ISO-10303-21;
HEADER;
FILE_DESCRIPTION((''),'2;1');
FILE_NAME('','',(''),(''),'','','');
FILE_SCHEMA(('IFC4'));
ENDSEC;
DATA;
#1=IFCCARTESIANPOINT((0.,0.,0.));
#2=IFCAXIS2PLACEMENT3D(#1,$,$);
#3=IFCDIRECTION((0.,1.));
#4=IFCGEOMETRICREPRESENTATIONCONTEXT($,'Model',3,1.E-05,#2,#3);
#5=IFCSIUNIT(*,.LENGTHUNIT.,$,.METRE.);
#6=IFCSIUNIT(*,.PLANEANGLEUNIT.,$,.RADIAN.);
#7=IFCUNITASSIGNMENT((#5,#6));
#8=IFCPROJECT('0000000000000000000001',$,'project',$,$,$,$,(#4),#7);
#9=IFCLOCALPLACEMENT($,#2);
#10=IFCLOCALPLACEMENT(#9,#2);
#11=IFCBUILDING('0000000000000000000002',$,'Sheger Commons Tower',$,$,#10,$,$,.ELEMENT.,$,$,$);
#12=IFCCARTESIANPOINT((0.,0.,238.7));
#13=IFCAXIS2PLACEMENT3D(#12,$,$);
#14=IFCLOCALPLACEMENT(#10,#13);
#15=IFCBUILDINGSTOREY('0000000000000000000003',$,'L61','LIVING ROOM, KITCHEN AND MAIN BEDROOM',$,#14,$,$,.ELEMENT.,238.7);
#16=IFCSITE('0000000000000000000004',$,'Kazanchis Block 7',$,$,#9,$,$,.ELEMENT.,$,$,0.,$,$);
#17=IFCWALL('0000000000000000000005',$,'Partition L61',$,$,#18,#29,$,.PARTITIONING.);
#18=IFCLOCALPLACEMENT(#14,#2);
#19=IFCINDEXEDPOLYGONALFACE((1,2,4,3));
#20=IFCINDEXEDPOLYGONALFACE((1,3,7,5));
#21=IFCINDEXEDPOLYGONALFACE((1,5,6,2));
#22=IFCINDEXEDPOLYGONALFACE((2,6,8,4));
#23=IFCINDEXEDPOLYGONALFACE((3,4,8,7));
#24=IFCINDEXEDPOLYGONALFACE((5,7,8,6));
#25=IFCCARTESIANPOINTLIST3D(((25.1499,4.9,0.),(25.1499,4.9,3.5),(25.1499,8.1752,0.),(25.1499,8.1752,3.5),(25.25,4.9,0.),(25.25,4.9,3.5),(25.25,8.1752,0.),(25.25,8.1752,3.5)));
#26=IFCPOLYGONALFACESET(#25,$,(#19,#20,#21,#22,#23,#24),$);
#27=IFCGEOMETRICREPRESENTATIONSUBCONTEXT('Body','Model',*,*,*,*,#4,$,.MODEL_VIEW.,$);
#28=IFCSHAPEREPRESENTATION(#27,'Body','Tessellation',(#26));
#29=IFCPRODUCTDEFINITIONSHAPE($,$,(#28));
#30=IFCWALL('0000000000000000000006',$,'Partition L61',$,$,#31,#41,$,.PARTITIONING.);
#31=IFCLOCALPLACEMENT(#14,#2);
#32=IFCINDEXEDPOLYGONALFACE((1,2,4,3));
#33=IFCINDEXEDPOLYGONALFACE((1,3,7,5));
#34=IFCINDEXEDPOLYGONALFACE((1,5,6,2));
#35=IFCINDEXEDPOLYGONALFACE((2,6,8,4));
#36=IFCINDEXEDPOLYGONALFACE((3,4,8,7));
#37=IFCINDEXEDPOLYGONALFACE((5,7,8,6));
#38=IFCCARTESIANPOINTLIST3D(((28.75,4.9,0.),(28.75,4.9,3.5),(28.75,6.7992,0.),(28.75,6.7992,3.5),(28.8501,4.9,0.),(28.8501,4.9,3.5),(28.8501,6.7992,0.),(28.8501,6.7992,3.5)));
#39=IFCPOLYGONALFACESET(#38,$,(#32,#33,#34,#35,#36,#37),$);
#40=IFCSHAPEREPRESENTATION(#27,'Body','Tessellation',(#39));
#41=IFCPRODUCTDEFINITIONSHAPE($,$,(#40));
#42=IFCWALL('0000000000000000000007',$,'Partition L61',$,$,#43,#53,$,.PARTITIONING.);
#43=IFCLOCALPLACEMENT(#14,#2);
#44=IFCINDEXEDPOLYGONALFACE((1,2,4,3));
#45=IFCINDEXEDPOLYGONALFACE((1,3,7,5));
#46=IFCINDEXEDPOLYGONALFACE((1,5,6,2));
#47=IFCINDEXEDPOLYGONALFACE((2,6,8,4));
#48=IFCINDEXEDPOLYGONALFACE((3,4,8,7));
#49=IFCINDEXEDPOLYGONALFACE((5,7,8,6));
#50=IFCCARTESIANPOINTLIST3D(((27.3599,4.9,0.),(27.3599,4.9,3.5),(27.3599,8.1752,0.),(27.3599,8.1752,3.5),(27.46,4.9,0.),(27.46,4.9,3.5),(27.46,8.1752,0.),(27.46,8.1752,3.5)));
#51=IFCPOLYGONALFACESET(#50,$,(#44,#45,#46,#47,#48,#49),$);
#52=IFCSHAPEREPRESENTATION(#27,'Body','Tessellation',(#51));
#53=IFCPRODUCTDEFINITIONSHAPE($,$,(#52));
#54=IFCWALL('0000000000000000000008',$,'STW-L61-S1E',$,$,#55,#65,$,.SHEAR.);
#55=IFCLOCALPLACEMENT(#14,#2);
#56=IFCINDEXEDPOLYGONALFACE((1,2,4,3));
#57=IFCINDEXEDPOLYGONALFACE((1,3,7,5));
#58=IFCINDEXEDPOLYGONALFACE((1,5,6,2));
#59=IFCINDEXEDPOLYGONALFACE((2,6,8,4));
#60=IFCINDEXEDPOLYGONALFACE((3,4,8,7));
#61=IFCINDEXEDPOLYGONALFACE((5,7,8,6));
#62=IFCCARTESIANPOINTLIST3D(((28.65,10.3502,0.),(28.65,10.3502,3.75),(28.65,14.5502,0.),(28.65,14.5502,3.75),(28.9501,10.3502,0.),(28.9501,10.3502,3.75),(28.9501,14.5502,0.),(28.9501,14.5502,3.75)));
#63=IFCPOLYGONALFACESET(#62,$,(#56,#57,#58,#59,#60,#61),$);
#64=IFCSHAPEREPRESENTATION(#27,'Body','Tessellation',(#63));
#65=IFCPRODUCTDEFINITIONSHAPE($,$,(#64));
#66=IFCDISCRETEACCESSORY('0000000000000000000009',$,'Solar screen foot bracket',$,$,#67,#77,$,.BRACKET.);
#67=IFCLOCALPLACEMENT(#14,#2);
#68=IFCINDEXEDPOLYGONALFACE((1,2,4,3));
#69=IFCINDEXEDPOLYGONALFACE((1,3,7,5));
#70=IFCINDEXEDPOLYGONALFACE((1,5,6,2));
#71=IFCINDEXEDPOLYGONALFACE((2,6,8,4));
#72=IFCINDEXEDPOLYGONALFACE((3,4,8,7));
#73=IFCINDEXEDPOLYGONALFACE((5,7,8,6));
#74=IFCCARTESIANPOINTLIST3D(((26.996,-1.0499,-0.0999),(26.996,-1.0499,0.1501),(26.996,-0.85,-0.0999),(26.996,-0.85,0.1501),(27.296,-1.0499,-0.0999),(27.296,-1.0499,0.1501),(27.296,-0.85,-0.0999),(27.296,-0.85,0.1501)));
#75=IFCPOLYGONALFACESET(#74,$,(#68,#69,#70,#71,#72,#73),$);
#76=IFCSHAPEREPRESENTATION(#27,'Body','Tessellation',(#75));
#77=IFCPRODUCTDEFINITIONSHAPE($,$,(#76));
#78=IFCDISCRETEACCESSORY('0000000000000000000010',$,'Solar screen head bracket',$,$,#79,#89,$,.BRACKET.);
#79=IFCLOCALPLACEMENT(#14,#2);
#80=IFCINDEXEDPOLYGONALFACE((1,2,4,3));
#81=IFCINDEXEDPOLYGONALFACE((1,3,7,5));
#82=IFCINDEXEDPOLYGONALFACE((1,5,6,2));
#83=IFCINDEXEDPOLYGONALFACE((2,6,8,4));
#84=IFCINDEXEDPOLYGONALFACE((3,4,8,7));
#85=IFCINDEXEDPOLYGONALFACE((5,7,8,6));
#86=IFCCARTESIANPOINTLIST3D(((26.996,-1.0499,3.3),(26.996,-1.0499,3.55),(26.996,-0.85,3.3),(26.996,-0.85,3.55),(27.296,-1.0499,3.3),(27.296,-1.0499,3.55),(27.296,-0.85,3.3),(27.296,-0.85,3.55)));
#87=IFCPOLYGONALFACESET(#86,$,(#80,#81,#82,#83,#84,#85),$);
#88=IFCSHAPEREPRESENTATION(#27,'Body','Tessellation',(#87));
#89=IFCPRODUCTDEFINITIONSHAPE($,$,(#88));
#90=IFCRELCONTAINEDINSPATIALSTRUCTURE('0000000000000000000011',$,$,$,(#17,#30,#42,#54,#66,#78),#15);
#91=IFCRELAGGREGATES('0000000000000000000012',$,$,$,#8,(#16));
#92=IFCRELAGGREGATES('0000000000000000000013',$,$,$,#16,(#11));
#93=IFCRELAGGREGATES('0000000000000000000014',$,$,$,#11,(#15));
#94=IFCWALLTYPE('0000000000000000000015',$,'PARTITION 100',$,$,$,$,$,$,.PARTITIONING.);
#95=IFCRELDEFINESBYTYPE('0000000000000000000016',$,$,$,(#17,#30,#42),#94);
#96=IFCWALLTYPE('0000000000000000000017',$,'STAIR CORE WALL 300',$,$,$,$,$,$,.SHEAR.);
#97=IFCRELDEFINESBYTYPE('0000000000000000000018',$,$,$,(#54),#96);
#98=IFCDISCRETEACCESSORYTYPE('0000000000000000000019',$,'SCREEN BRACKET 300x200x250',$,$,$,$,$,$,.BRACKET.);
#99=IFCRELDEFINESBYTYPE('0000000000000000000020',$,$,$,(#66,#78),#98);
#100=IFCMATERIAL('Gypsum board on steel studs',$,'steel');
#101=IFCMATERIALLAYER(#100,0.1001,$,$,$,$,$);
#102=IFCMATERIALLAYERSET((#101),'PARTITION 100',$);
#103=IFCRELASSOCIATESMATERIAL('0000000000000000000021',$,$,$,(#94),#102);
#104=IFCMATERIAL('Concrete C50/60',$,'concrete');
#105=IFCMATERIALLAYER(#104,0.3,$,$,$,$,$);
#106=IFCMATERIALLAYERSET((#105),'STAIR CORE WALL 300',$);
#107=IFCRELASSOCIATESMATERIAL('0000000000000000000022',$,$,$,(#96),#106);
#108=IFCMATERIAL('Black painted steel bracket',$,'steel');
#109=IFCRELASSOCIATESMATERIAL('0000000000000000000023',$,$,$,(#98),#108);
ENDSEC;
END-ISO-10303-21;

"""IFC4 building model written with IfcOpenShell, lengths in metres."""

from ifc_helpers import new_model, si_unit, direction, frame, frame_2d, origin, origin_2d, place, context, subcontext, project, spatial, rectangle, extrude, material, layer, layer_set, type_object, element, save


model = new_model("IFC4")

# Units and contexts
model_context = context("Model", 3, precision=1e-05, world=origin(), true_north=direction((0.0, 1.0)))
body_context = subcontext(model_context, "Body", "Model", "MODEL_VIEW")
ifc_project = project(units=[si_unit("LENGTHUNIT", "METRE"), si_unit("PLANEANGLEUNIT", "RADIAN")], contexts=[model_context])

# Site, building, storey
site_placement = place(None, origin())
site = spatial("IfcSite", under=ifc_project, at=site_placement, Name="Kazanchis Block 7", CompositionType="ELEMENT", RefElevation=0.0)
building_placement = place(site_placement, origin())
building = spatial("IfcBuilding", under=site, at=building_placement, Name="Sheger Commons Tower", CompositionType="ELEMENT")
storey_placement = place(building_placement, frame((0.0, 0.0, 238.7)))
storey = spatial("IfcBuildingStorey", under=building, at=storey_placement, Name="L61", Description="LIVING ROOM, KITCHEN AND MAIN BEDROOM", CompositionType="ELEMENT", Elevation=238.7)

# Walls
ifc_material_1 = material(Name="Gypsum board on steel studs", Category="steel")
ifc_layer_1 = layer(ifc_material_1, 0.1001)
ifc_layer_set_1 = layer_set([ifc_layer_1], Name="PARTITION 100")
wall_type_1 = type_object("IfcWallType", Name="PARTITION 100", PredefinedType="PARTITIONING", material=ifc_layer_set_1)
wall_1_placement = place(storey_placement, frame((25.2, 4.8999, 0.0), z_axis=(0.0, 0.0, 1.0), x_axis=(0.0, 1.0, 0.0)))
element("IfcWall", 1, at=wall_1_placement, inside=storey, type_object=wall_type_1, Name="Partition L61", PredefinedType="PARTITIONING", context=body_context, shape_type="SweptSolid", body=[
    extrude(rectangle(XDim=3.2751, YDim=0.1001, at=frame_2d((1.6377, 0.0))), origin(), (0.0, 0.0, 1.0), 3.5),
])
wall_2_placement = place(storey_placement, frame((28.8, 4.8999, 0.0), z_axis=(0.0, 0.0, 1.0), x_axis=(0.0, 1.0, 0.0)))
element("IfcWall", 2, at=wall_2_placement, inside=storey, type_object=wall_type_1, Name="Partition L61", PredefinedType="PARTITIONING", context=body_context, shape_type="SweptSolid", body=[
    extrude(rectangle(XDim=1.8992, YDim=0.1001, at=frame_2d((0.9497, 0.0))), origin(), (0.0, 0.0, 1.0), 3.5),
])
wall_3_placement = place(storey_placement, frame((27.4099, 4.8999, 0.0), z_axis=(0.0, 0.0, 1.0), x_axis=(0.0, 1.0, 0.0)))
element("IfcWall", 3, at=wall_3_placement, inside=storey, type_object=wall_type_1, Name="Partition L61", PredefinedType="PARTITIONING", context=body_context, shape_type="SweptSolid", body=[
    extrude(rectangle(XDim=3.2751, YDim=0.1001, at=frame_2d((1.6377, 0.0))), origin(), (0.0, 0.0, 1.0), 3.5),
])
ifc_material_2 = material(Name="Concrete C50/60", Category="concrete")
ifc_layer_2 = layer(ifc_material_2, 0.3)
ifc_layer_set_2 = layer_set([ifc_layer_2], Name="STAIR CORE WALL 300")
wall_type_2 = type_object("IfcWallType", Name="STAIR CORE WALL 300", PredefinedType="SHEAR", material=ifc_layer_set_2)
wall_4_placement = place(storey_placement, frame((28.8, 10.3501, 0.0), z_axis=(0.0, 0.0, 1.0), x_axis=(0.0, 1.0, 0.0)))
element("IfcWall", 4, at=wall_4_placement, inside=storey, type_object=wall_type_2, Name="STW-L61-S1E", PredefinedType="SHEAR", context=body_context, shape_type="SweptSolid", body=[
    extrude(rectangle(XDim=4.2, YDim=0.3, at=frame_2d((2.1001, 0.0))), origin(), (0.0, 0.0, 1.0), 3.75),
])

# Discrete accessories
ifc_material_3 = material(Name="Black painted steel bracket", Category="steel")
discrete_accessory_type = type_object("IfcDiscreteAccessoryType", Name="SCREEN BRACKET 300x200x250", PredefinedType="BRACKET", material=ifc_material_3)
for number, where, z_axis, x_axis, name in (
    (5, (27.146, -0.95, -0.0999), (0.0, 0.0, 1.0), (1.0, 0.0, 0.0), "Solar screen foot bracket"),
    (6, (27.146, -0.95, 3.3), (0.0, 0.0, 1.0), (1.0, 0.0, 0.0), "Solar screen head bracket"),
):
    element("IfcDiscreteAccessory", number, at=place(storey_placement, frame(where, z_axis=z_axis, x_axis=x_axis)), inside=storey, type_object=discrete_accessory_type, Name=name, PredefinedType="BRACKET", context=body_context, shape_type="SweptSolid", body=[
        extrude(rectangle(XDim=0.3, YDim=0.2, at=origin_2d()), origin(), (0.0, 0.0, 1.0), 0.25),
    ])

save(model, "model.ifc")
